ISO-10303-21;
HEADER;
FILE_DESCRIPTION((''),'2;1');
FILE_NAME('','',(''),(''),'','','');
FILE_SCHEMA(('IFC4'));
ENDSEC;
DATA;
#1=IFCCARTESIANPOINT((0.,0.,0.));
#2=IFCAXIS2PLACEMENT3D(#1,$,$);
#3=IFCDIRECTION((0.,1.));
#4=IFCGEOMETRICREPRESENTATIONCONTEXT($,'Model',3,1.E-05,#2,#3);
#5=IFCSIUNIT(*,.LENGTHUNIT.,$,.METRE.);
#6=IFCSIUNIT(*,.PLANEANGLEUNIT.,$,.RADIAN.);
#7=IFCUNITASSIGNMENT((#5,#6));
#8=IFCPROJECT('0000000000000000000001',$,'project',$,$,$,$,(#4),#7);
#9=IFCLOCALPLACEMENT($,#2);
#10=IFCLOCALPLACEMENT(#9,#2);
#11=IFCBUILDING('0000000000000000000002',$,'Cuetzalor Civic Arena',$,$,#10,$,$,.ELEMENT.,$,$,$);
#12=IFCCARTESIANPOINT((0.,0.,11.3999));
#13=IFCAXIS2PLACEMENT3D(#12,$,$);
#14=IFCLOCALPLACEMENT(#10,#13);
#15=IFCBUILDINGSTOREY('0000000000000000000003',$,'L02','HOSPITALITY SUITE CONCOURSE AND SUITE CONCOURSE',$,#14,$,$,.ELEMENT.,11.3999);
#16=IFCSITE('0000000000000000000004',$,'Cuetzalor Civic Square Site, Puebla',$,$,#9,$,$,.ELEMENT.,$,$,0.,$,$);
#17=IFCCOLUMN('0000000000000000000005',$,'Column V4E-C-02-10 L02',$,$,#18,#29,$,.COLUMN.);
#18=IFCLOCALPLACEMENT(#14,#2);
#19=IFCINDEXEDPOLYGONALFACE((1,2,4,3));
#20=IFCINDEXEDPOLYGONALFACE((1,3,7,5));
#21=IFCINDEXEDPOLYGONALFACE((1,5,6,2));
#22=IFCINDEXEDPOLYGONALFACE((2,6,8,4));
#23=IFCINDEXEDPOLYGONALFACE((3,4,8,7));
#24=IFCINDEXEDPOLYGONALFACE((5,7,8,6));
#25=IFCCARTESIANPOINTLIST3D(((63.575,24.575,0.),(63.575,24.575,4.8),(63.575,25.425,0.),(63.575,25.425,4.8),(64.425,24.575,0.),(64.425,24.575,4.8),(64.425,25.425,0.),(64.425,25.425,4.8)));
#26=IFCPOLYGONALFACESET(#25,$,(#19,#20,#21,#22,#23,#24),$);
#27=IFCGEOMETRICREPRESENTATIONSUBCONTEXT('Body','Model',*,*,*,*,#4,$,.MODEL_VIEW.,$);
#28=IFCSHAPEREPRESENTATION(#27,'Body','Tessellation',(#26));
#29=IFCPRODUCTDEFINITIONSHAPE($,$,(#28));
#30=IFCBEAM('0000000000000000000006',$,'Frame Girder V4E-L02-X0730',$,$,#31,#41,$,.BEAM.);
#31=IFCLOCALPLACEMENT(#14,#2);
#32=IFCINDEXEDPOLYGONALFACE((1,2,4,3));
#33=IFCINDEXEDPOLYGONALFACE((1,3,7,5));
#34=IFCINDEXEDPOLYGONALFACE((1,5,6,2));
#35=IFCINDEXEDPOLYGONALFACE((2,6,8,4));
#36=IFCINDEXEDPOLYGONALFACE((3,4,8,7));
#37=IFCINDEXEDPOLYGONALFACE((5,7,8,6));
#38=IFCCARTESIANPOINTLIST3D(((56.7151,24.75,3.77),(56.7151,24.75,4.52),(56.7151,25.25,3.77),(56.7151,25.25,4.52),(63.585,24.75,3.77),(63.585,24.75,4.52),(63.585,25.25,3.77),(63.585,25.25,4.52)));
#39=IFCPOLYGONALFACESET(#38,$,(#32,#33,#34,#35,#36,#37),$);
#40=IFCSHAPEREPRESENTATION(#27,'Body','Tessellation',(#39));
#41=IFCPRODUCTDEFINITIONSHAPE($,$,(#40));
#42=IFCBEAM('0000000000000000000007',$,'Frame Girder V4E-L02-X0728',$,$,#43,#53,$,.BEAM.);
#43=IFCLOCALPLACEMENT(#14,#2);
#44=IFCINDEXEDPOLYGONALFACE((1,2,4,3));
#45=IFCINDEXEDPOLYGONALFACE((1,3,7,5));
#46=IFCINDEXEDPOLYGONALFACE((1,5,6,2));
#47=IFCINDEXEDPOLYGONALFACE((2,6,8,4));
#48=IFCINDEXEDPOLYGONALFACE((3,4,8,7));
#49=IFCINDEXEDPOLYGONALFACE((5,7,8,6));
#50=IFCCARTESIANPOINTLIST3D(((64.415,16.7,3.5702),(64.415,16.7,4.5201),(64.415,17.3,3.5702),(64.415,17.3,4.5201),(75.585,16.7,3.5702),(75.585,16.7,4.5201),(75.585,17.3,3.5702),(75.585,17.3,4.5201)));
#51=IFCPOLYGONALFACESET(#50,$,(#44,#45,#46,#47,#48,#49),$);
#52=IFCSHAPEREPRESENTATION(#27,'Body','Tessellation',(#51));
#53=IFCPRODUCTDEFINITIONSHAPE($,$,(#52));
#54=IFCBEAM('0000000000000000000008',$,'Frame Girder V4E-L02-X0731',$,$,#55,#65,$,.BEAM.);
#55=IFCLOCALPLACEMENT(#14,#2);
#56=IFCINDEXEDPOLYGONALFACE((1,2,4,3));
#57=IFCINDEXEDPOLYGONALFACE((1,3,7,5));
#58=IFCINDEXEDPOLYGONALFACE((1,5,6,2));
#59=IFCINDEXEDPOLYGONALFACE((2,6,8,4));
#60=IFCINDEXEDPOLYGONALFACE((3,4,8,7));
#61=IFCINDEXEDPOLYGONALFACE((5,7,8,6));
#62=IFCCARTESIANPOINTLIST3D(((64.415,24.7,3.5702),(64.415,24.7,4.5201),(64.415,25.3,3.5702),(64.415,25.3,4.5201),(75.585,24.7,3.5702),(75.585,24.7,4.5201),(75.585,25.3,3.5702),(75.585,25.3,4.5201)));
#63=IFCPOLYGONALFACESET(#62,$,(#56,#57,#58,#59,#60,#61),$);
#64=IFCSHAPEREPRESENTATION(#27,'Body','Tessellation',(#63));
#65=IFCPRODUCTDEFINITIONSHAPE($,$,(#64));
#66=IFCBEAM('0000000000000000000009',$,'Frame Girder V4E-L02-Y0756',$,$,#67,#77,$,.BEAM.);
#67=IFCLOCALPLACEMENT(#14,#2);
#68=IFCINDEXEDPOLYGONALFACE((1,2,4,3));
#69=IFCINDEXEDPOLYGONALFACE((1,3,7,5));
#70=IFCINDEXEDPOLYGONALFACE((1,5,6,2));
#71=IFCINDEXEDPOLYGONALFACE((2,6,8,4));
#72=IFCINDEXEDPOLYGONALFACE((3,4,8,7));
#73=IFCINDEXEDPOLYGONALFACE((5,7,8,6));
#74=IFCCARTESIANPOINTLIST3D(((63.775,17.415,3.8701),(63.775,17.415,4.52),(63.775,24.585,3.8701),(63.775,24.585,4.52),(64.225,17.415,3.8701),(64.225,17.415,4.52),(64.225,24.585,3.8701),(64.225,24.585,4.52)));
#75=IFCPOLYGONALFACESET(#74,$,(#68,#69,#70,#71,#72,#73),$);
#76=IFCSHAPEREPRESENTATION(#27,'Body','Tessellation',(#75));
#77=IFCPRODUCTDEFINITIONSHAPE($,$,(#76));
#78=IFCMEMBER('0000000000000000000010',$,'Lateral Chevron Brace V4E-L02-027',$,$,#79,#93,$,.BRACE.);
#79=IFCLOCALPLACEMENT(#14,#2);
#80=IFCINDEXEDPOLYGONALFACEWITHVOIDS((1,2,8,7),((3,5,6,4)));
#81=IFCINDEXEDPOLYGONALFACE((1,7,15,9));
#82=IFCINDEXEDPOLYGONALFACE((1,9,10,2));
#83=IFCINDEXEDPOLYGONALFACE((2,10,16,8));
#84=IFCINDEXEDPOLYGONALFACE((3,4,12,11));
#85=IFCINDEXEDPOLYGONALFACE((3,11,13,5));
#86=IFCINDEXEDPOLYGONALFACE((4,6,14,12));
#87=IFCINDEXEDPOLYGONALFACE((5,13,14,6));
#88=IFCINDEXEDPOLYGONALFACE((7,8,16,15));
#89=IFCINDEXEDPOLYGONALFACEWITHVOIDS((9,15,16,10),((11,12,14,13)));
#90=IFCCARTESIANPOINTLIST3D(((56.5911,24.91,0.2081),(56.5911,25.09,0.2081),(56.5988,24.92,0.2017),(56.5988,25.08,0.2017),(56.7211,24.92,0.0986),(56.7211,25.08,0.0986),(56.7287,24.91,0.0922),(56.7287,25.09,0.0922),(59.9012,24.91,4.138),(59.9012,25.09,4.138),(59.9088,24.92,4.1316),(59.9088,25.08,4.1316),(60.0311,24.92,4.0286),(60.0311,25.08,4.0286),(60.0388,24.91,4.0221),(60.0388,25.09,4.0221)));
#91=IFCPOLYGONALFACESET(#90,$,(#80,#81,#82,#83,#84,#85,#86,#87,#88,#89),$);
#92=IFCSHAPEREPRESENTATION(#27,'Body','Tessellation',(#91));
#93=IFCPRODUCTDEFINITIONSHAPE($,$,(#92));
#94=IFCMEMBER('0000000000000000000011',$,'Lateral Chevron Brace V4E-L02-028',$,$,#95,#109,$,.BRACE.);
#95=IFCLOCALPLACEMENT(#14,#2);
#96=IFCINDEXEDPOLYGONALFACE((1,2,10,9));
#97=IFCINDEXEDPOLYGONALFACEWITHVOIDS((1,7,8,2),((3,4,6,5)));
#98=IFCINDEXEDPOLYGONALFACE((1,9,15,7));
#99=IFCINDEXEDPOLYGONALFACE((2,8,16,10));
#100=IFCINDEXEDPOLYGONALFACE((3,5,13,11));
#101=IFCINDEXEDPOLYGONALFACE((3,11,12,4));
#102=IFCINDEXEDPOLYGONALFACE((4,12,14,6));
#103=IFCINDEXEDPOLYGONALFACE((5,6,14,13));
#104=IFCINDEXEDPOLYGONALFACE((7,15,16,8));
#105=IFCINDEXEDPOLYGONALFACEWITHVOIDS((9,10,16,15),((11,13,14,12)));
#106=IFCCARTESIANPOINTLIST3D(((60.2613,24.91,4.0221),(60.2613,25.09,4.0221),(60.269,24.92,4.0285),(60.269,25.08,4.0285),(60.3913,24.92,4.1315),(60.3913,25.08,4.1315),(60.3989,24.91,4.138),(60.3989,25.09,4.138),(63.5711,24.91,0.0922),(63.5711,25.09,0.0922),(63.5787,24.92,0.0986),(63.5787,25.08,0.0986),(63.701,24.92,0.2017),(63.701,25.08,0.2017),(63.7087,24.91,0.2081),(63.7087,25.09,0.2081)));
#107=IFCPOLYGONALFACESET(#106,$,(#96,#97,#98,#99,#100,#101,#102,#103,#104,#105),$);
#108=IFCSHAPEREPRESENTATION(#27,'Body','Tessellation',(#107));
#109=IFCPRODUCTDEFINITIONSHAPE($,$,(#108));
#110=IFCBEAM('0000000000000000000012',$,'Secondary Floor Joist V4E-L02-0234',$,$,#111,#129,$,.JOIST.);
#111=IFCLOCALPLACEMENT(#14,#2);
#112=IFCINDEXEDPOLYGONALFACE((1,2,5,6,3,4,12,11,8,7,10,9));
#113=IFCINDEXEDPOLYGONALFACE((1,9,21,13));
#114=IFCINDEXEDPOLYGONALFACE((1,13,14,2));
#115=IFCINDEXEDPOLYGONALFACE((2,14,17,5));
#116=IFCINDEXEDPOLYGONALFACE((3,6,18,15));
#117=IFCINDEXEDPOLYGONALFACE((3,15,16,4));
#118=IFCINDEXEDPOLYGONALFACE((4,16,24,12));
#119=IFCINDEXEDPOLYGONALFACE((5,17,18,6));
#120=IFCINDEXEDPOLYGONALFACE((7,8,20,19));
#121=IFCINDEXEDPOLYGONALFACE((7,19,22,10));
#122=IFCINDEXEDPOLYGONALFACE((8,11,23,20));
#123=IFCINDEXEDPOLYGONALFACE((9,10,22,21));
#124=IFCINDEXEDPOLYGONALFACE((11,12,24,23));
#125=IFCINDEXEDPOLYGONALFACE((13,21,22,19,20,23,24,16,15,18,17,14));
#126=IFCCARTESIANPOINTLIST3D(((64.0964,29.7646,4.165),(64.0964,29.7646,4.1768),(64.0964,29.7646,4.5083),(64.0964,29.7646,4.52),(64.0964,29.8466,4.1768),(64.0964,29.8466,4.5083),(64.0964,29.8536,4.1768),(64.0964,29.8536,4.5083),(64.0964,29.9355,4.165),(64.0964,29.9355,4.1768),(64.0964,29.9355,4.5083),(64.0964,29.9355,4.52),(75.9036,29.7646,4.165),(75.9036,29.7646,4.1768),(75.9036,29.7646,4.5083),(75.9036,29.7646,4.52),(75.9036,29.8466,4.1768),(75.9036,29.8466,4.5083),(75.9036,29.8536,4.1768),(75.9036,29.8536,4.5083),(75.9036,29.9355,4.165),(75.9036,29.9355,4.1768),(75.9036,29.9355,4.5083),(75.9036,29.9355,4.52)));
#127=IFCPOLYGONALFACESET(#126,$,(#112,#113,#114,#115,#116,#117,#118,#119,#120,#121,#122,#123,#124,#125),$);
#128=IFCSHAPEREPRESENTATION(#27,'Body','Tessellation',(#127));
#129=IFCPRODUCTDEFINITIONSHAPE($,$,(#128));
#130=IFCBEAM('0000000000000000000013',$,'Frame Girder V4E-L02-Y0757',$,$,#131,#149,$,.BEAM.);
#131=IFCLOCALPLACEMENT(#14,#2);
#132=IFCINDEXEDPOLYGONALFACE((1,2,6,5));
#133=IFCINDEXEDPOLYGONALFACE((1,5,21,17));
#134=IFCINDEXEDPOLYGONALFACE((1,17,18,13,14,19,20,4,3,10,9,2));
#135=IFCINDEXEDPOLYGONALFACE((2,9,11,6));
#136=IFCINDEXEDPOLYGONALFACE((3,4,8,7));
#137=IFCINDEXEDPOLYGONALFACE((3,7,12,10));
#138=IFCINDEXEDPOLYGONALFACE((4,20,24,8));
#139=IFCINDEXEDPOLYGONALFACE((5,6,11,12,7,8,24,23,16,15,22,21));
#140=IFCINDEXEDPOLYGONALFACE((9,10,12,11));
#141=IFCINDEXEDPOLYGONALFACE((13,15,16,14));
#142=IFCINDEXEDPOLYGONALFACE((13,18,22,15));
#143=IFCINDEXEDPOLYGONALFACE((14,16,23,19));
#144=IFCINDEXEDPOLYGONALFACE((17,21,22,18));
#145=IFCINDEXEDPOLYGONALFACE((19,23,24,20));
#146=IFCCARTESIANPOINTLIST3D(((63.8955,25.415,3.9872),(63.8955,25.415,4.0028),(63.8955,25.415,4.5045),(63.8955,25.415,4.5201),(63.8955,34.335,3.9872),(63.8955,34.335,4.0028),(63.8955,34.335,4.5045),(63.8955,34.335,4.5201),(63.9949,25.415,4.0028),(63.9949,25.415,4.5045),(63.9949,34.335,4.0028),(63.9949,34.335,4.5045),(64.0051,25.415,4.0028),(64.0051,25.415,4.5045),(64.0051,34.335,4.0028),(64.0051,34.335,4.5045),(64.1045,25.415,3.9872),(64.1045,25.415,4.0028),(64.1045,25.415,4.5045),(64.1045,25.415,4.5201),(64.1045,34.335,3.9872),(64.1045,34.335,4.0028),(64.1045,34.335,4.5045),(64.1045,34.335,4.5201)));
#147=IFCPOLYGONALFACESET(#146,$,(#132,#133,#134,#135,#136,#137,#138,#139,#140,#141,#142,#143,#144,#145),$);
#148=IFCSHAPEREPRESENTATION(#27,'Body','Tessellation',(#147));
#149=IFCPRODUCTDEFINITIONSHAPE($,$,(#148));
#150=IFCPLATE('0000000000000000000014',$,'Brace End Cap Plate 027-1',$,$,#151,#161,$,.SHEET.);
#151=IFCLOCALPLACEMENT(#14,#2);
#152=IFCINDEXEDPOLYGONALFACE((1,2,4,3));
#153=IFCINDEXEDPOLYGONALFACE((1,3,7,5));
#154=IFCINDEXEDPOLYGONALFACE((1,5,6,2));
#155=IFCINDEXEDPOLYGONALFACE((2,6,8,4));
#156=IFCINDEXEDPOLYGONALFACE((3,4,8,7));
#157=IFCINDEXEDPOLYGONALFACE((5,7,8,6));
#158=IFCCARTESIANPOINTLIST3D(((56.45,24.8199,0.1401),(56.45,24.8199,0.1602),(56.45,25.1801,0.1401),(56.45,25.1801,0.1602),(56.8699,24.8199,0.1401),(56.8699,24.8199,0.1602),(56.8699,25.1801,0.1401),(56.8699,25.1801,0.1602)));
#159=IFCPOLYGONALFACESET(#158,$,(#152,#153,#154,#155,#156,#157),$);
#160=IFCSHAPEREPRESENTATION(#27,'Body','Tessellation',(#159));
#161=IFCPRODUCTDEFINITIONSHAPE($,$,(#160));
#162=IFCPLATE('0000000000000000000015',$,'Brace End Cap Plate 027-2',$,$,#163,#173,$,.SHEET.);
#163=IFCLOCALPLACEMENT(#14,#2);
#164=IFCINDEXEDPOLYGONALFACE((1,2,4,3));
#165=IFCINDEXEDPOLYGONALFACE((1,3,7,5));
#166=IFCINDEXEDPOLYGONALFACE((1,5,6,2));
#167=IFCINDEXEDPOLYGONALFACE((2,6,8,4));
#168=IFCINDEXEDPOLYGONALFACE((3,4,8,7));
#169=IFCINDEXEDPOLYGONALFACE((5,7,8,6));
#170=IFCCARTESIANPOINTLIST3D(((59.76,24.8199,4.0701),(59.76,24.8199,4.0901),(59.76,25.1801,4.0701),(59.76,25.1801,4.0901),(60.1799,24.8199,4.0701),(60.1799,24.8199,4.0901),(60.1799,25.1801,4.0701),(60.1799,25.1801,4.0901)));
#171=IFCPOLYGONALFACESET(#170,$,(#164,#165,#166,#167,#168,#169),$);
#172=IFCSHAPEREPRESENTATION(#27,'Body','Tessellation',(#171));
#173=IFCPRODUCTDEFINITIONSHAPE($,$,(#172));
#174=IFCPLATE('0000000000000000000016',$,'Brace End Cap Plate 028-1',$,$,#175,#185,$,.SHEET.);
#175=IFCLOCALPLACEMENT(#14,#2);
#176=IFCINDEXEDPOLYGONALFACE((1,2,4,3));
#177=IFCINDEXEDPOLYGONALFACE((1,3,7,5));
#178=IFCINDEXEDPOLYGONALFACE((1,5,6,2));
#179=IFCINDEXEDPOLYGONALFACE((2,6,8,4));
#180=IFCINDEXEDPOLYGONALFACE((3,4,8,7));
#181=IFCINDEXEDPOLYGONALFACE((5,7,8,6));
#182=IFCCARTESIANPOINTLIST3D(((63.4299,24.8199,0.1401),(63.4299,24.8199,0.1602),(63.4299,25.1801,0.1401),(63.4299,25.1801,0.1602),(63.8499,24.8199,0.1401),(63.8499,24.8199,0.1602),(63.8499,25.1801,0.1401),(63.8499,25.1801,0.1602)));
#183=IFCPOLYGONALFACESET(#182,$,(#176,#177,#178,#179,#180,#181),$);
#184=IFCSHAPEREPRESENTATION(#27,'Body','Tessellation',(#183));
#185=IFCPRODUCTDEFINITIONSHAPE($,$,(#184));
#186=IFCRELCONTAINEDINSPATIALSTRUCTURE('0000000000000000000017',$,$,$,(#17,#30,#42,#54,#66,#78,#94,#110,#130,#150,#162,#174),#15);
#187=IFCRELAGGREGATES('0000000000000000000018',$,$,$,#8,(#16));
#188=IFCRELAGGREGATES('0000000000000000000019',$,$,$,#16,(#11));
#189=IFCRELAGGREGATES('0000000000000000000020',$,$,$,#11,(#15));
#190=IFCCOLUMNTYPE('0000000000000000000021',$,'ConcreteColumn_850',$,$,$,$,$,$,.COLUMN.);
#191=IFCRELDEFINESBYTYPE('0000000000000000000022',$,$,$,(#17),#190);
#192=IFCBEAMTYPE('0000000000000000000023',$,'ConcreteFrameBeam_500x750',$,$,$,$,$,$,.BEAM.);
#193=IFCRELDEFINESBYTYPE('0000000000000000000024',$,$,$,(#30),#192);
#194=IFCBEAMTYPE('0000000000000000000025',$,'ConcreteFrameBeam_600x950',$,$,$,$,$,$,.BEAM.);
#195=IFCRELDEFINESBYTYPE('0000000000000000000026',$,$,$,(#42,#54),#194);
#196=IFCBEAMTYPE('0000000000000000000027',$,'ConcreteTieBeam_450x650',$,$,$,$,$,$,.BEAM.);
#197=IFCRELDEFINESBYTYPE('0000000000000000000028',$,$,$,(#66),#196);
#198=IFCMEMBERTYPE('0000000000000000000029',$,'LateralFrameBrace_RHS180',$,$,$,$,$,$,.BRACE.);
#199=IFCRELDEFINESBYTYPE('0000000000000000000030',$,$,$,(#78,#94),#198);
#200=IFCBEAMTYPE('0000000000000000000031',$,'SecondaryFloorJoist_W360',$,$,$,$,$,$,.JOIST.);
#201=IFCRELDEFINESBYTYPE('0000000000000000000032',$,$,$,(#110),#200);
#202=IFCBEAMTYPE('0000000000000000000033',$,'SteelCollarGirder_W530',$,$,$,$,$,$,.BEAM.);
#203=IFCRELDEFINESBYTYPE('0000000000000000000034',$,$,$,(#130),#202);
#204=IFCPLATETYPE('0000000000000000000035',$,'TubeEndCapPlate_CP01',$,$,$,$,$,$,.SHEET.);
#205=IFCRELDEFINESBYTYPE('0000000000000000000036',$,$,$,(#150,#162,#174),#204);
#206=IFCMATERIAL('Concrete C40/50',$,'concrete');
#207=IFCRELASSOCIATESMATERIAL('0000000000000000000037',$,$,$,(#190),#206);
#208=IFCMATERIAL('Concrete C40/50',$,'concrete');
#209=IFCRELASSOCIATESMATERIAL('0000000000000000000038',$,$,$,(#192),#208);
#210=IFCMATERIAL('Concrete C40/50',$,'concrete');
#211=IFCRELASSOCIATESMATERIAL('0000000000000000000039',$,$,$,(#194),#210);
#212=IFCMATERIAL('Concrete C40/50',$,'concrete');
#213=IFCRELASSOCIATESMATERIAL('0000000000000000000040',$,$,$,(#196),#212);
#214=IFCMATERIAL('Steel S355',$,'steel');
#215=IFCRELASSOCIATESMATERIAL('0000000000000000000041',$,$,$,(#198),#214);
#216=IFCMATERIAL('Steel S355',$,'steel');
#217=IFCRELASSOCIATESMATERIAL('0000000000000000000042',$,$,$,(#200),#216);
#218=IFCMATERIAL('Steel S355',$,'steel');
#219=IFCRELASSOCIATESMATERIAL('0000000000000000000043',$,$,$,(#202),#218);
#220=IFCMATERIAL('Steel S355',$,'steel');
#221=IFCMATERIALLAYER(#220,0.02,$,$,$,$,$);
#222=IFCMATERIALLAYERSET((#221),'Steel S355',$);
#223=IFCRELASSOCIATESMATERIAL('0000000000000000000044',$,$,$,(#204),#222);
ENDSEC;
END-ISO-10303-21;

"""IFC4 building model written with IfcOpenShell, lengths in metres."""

from ifc_helpers import new_model, si_unit, direction, frame, origin, origin_2d, place, context, subcontext, project, spatial, rectangle, hollow_rectangle, i_section, extrude, material, layer, layer_set, material_profile, profile_set, type_object, element, save


model = new_model("IFC4")

# Units and contexts
model_context = context("Model", 3, precision=1e-05, world=origin(), true_north=direction((0.0, 1.0)))
body_context = subcontext(model_context, "Body", "Model", "MODEL_VIEW")
ifc_project = project(units=[si_unit("LENGTHUNIT", "METRE"), si_unit("PLANEANGLEUNIT", "RADIAN")], contexts=[model_context])

# Site, building, storey
site_placement = place(None, origin())
site = spatial("IfcSite", under=ifc_project, at=site_placement, Name="Cuetzalor Civic Square Site, Puebla", CompositionType="ELEMENT", RefElevation=0.0)
building_placement = place(site_placement, origin())
building = spatial("IfcBuilding", under=site, at=building_placement, Name="Cuetzalor Civic Arena", CompositionType="ELEMENT")
storey_placement = place(building_placement, frame((0.0, 0.0, 11.3999)))
storey = spatial("IfcBuildingStorey", under=building, at=storey_placement, Name="L02", Description="HOSPITALITY SUITE CONCOURSE AND SUITE CONCOURSE", CompositionType="ELEMENT", Elevation=11.3999)

# Column
ifc_material_1 = material(Name="Concrete C40/50", Category="concrete")
ifc_material_profile_1 = material_profile(ifc_material_1, rectangle(XDim=0.8501, YDim=0.8501, at=origin_2d()), Name="RC 850x850")
ifc_profile_set_1 = profile_set([ifc_material_profile_1], Name="Concrete C40/50")
column_type = type_object("IfcColumnType", Name="ConcreteColumn_850", PredefinedType="COLUMN", material=ifc_profile_set_1)
column_placement = place(storey_placement, frame((64.0, 25.0, 0.0), z_axis=(0.0, 0.0, 1.0), x_axis=(1.0, 0.0, 0.0)))
element("IfcColumn", 1, at=column_placement, inside=storey, type_object=column_type, Name="Column V4E-C-02-10 L02", PredefinedType="COLUMN", context=body_context, shape_type="SweptSolid", body=[
    extrude(rectangle(XDim=0.8501, YDim=0.8501, at=origin_2d()), origin(), (0.0, 0.0, 1.0), 4.8),
])

# Beams
ifc_material_2 = material(Name="Concrete C40/50", Category="concrete")
ifc_material_profile_2 = material_profile(ifc_material_2, rectangle(XDim=0.5, YDim=0.75, at=origin_2d()), Name="RC 500x750")
ifc_profile_set_2 = profile_set([ifc_material_profile_2], Name="Concrete C40/50")
beam_type_1 = type_object("IfcBeamType", Name="ConcreteFrameBeam_500x750", PredefinedType="BEAM", material=ifc_profile_set_2)
beam_1_placement = place(storey_placement, frame((56.7151, 25.0, 4.145), z_axis=(1.0, 0.0, 0.0), x_axis=(0.0, 1.0, 0.0)))
element("IfcBeam", 2, at=beam_1_placement, inside=storey, type_object=beam_type_1, Name="Frame Girder V4E-L02-X0730", PredefinedType="BEAM", context=body_context, shape_type="SweptSolid", body=[
    extrude(rectangle(XDim=0.5, YDim=0.75, at=origin_2d()), origin(), (0.0, 0.0, 1.0), 6.8699),
])
ifc_material_3 = material(Name="Concrete C40/50", Category="concrete")
ifc_material_profile_3 = material_profile(ifc_material_3, rectangle(XDim=0.6001, YDim=0.95, at=origin_2d()), Name="RC 600x950")
ifc_profile_set_3 = profile_set([ifc_material_profile_3], Name="Concrete C40/50")
beam_type_2 = type_object("IfcBeamType", Name="ConcreteFrameBeam_600x950", PredefinedType="BEAM", material=ifc_profile_set_3)
for number, where, z_axis, x_axis, name in (
    (3, (64.415, 17.0, 4.0452), (1.0, 0.0, 0.0), (0.0, 1.0, 0.0), "Frame Girder V4E-L02-X0728"),
    (4, (64.415, 25.0, 4.0452), (1.0, 0.0, 0.0), (0.0, 1.0, 0.0), "Frame Girder V4E-L02-X0731"),
):
    element("IfcBeam", number, at=place(storey_placement, frame(where, z_axis=z_axis, x_axis=x_axis)), inside=storey, type_object=beam_type_2, Name=name, PredefinedType="BEAM", context=body_context, shape_type="SweptSolid", body=[
        extrude(rectangle(XDim=0.6001, YDim=0.95, at=origin_2d()), origin(), (0.0, 0.0, 1.0), 11.1699),
    ])
ifc_material_4 = material(Name="Concrete C40/50", Category="concrete")
ifc_material_profile_4 = material_profile(ifc_material_4, rectangle(XDim=0.45, YDim=0.6499, at=origin_2d()), Name="RC 450x650")
ifc_profile_set_4 = profile_set([ifc_material_profile_4], Name="Concrete C40/50")
beam_type_3 = type_object("IfcBeamType", Name="ConcreteTieBeam_450x650", PredefinedType="BEAM", material=ifc_profile_set_4)
beam_2_placement = place(storey_placement, frame((64.0, 17.415, 4.1951), z_axis=(0.0, 1.0, 0.0), x_axis=(-1.0, 0.0, 0.0)))
element("IfcBeam", 5, at=beam_2_placement, inside=storey, type_object=beam_type_3, Name="Frame Girder V4E-L02-Y0756", PredefinedType="BEAM", context=body_context, shape_type="SweptSolid", body=[
    extrude(rectangle(XDim=0.45, YDim=0.6499, at=origin_2d()), origin(), (0.0, 0.0, 1.0), 7.1699),
])

# Members
ifc_material_5 = material(Name="Steel S355", Category="steel")
ifc_material_profile_5 = material_profile(ifc_material_5, hollow_rectangle(XDim=0.1799, YDim=0.1799, WallThickness=0.01, at=origin_2d()), Name="RHS 180x180x10")
ifc_profile_set_5 = profile_set([ifc_material_profile_5], Name="Steel S355")
member_type = type_object("IfcMemberType", Name="LateralFrameBrace_RHS180", PredefinedType="BRACE", material=ifc_profile_set_5)
member_1_placement = place(storey_placement, frame((56.6599, 25.0, 0.1501), z_axis=(0.644209, 0.0, 0.76485), x_axis=(0.0, 1.0, 0.0)))
element("IfcMember", 6, at=member_1_placement, inside=storey, type_object=member_type, Name="Lateral Chevron Brace V4E-L02-027", PredefinedType="BRACE", context=body_context, shape_type="SweptSolid", body=[
    extrude(hollow_rectangle(XDim=0.1799, YDim=0.1799, WallThickness=0.01, at=origin_2d()), origin(), (0.0, 0.0, 1.0), 5.1382),
])
member_2_placement = place(storey_placement, frame((63.6399, 25.0, 0.1501), z_axis=(-0.644181, 0.0, 0.764873), x_axis=(0.0, -1.0, 0.0)))
element("IfcMember", 7, at=member_2_placement, inside=storey, type_object=member_type, Name="Lateral Chevron Brace V4E-L02-028", PredefinedType="BRACE", context=body_context, shape_type="SweptSolid", body=[
    extrude(hollow_rectangle(XDim=0.1799, YDim=0.1799, WallThickness=0.01, at=origin_2d()), origin(), (0.0, 0.0, 1.0), 5.1379),
])

# Beams
ifc_material_6 = material(Name="Steel S355", Category="steel")
ifc_material_profile_6 = material_profile(ifc_material_6, i_section(OverallWidth=0.1709, OverallDepth=0.355, WebThickness=0.0071, FlangeThickness=0.0117, at=origin_2d()), Name="W360x51")
ifc_profile_set_6 = profile_set([ifc_material_profile_6], Name="Steel S355")
beam_type_4 = type_object("IfcBeamType", Name="SecondaryFloorJoist_W360", PredefinedType="JOIST", material=ifc_profile_set_6)
beam_3_placement = place(storey_placement, frame((64.0964, 29.8501, 4.3425), z_axis=(1.0, 0.0, 0.0), x_axis=(0.0, 1.0, 0.0)))
element("IfcBeam", 8, at=beam_3_placement, inside=storey, type_object=beam_type_4, Name="Secondary Floor Joist V4E-L02-0234", PredefinedType="JOIST", context=body_context, shape_type="SweptSolid", body=[
    extrude(i_section(OverallWidth=0.1709, OverallDepth=0.355, WebThickness=0.0071, FlangeThickness=0.0117, at=origin_2d()), origin(), (0.0, 0.0, 1.0), 11.8071),
])
ifc_material_7 = material(Name="Steel S355", Category="steel")
ifc_material_profile_7 = material_profile(ifc_material_7, i_section(OverallWidth=0.209, OverallDepth=0.533, WebThickness=0.0103, FlangeThickness=0.0156, at=origin_2d()), Name="W530x92")
ifc_profile_set_7 = profile_set([ifc_material_profile_7], Name="Steel S355")
beam_type_5 = type_object("IfcBeamType", Name="SteelCollarGirder_W530", PredefinedType="BEAM", material=ifc_profile_set_7)
beam_4_placement = place(storey_placement, frame((64.0, 25.415, 4.2537), z_axis=(0.0, 1.0, 0.0), x_axis=(-1.0, 0.0, 0.0)))
element("IfcBeam", 9, at=beam_4_placement, inside=storey, type_object=beam_type_5, Name="Frame Girder V4E-L02-Y0757", PredefinedType="BEAM", context=body_context, shape_type="SweptSolid", body=[
    extrude(i_section(OverallWidth=0.209, OverallDepth=0.533, WebThickness=0.0103, FlangeThickness=0.0156, at=origin_2d()), origin(), (0.0, 0.0, 1.0), 8.9199),
])

# Plates
ifc_material_8 = material(Name="Steel S355", Category="steel")
ifc_layer_1 = layer(ifc_material_8, 0.02)
ifc_layer_set_1 = layer_set([ifc_layer_1], Name="Steel S355")
plate_type = type_object("IfcPlateType", Name="TubeEndCapPlate_CP01", PredefinedType="SHEET", material=ifc_layer_set_1)
for number, where, z_axis, x_axis, name in (
    (10, (56.6599, 25.0, 0.1401), (0.0, 0.0, 1.0), (1.0, 0.0, 0.0), "Brace End Cap Plate 027-1"),
    (11, (59.97, 25.0, 4.0701), (0.0, 0.0, 1.0), (1.0, 0.0, 0.0), "Brace End Cap Plate 027-2"),
    (12, (63.6399, 25.0, 0.1401), (0.0, 0.0, 1.0), (1.0, 0.0, 0.0), "Brace End Cap Plate 028-1"),
):
    element("IfcPlate", number, at=place(storey_placement, frame(where, z_axis=z_axis, x_axis=x_axis)), inside=storey, type_object=plate_type, Name=name, PredefinedType="SHEET", context=body_context, shape_type="SweptSolid", body=[
        extrude(rectangle(XDim=0.4199, YDim=0.3601, at=origin_2d()), origin(), (0.0, 0.0, 1.0), 0.02),
    ])

save(model, "model.ifc")
